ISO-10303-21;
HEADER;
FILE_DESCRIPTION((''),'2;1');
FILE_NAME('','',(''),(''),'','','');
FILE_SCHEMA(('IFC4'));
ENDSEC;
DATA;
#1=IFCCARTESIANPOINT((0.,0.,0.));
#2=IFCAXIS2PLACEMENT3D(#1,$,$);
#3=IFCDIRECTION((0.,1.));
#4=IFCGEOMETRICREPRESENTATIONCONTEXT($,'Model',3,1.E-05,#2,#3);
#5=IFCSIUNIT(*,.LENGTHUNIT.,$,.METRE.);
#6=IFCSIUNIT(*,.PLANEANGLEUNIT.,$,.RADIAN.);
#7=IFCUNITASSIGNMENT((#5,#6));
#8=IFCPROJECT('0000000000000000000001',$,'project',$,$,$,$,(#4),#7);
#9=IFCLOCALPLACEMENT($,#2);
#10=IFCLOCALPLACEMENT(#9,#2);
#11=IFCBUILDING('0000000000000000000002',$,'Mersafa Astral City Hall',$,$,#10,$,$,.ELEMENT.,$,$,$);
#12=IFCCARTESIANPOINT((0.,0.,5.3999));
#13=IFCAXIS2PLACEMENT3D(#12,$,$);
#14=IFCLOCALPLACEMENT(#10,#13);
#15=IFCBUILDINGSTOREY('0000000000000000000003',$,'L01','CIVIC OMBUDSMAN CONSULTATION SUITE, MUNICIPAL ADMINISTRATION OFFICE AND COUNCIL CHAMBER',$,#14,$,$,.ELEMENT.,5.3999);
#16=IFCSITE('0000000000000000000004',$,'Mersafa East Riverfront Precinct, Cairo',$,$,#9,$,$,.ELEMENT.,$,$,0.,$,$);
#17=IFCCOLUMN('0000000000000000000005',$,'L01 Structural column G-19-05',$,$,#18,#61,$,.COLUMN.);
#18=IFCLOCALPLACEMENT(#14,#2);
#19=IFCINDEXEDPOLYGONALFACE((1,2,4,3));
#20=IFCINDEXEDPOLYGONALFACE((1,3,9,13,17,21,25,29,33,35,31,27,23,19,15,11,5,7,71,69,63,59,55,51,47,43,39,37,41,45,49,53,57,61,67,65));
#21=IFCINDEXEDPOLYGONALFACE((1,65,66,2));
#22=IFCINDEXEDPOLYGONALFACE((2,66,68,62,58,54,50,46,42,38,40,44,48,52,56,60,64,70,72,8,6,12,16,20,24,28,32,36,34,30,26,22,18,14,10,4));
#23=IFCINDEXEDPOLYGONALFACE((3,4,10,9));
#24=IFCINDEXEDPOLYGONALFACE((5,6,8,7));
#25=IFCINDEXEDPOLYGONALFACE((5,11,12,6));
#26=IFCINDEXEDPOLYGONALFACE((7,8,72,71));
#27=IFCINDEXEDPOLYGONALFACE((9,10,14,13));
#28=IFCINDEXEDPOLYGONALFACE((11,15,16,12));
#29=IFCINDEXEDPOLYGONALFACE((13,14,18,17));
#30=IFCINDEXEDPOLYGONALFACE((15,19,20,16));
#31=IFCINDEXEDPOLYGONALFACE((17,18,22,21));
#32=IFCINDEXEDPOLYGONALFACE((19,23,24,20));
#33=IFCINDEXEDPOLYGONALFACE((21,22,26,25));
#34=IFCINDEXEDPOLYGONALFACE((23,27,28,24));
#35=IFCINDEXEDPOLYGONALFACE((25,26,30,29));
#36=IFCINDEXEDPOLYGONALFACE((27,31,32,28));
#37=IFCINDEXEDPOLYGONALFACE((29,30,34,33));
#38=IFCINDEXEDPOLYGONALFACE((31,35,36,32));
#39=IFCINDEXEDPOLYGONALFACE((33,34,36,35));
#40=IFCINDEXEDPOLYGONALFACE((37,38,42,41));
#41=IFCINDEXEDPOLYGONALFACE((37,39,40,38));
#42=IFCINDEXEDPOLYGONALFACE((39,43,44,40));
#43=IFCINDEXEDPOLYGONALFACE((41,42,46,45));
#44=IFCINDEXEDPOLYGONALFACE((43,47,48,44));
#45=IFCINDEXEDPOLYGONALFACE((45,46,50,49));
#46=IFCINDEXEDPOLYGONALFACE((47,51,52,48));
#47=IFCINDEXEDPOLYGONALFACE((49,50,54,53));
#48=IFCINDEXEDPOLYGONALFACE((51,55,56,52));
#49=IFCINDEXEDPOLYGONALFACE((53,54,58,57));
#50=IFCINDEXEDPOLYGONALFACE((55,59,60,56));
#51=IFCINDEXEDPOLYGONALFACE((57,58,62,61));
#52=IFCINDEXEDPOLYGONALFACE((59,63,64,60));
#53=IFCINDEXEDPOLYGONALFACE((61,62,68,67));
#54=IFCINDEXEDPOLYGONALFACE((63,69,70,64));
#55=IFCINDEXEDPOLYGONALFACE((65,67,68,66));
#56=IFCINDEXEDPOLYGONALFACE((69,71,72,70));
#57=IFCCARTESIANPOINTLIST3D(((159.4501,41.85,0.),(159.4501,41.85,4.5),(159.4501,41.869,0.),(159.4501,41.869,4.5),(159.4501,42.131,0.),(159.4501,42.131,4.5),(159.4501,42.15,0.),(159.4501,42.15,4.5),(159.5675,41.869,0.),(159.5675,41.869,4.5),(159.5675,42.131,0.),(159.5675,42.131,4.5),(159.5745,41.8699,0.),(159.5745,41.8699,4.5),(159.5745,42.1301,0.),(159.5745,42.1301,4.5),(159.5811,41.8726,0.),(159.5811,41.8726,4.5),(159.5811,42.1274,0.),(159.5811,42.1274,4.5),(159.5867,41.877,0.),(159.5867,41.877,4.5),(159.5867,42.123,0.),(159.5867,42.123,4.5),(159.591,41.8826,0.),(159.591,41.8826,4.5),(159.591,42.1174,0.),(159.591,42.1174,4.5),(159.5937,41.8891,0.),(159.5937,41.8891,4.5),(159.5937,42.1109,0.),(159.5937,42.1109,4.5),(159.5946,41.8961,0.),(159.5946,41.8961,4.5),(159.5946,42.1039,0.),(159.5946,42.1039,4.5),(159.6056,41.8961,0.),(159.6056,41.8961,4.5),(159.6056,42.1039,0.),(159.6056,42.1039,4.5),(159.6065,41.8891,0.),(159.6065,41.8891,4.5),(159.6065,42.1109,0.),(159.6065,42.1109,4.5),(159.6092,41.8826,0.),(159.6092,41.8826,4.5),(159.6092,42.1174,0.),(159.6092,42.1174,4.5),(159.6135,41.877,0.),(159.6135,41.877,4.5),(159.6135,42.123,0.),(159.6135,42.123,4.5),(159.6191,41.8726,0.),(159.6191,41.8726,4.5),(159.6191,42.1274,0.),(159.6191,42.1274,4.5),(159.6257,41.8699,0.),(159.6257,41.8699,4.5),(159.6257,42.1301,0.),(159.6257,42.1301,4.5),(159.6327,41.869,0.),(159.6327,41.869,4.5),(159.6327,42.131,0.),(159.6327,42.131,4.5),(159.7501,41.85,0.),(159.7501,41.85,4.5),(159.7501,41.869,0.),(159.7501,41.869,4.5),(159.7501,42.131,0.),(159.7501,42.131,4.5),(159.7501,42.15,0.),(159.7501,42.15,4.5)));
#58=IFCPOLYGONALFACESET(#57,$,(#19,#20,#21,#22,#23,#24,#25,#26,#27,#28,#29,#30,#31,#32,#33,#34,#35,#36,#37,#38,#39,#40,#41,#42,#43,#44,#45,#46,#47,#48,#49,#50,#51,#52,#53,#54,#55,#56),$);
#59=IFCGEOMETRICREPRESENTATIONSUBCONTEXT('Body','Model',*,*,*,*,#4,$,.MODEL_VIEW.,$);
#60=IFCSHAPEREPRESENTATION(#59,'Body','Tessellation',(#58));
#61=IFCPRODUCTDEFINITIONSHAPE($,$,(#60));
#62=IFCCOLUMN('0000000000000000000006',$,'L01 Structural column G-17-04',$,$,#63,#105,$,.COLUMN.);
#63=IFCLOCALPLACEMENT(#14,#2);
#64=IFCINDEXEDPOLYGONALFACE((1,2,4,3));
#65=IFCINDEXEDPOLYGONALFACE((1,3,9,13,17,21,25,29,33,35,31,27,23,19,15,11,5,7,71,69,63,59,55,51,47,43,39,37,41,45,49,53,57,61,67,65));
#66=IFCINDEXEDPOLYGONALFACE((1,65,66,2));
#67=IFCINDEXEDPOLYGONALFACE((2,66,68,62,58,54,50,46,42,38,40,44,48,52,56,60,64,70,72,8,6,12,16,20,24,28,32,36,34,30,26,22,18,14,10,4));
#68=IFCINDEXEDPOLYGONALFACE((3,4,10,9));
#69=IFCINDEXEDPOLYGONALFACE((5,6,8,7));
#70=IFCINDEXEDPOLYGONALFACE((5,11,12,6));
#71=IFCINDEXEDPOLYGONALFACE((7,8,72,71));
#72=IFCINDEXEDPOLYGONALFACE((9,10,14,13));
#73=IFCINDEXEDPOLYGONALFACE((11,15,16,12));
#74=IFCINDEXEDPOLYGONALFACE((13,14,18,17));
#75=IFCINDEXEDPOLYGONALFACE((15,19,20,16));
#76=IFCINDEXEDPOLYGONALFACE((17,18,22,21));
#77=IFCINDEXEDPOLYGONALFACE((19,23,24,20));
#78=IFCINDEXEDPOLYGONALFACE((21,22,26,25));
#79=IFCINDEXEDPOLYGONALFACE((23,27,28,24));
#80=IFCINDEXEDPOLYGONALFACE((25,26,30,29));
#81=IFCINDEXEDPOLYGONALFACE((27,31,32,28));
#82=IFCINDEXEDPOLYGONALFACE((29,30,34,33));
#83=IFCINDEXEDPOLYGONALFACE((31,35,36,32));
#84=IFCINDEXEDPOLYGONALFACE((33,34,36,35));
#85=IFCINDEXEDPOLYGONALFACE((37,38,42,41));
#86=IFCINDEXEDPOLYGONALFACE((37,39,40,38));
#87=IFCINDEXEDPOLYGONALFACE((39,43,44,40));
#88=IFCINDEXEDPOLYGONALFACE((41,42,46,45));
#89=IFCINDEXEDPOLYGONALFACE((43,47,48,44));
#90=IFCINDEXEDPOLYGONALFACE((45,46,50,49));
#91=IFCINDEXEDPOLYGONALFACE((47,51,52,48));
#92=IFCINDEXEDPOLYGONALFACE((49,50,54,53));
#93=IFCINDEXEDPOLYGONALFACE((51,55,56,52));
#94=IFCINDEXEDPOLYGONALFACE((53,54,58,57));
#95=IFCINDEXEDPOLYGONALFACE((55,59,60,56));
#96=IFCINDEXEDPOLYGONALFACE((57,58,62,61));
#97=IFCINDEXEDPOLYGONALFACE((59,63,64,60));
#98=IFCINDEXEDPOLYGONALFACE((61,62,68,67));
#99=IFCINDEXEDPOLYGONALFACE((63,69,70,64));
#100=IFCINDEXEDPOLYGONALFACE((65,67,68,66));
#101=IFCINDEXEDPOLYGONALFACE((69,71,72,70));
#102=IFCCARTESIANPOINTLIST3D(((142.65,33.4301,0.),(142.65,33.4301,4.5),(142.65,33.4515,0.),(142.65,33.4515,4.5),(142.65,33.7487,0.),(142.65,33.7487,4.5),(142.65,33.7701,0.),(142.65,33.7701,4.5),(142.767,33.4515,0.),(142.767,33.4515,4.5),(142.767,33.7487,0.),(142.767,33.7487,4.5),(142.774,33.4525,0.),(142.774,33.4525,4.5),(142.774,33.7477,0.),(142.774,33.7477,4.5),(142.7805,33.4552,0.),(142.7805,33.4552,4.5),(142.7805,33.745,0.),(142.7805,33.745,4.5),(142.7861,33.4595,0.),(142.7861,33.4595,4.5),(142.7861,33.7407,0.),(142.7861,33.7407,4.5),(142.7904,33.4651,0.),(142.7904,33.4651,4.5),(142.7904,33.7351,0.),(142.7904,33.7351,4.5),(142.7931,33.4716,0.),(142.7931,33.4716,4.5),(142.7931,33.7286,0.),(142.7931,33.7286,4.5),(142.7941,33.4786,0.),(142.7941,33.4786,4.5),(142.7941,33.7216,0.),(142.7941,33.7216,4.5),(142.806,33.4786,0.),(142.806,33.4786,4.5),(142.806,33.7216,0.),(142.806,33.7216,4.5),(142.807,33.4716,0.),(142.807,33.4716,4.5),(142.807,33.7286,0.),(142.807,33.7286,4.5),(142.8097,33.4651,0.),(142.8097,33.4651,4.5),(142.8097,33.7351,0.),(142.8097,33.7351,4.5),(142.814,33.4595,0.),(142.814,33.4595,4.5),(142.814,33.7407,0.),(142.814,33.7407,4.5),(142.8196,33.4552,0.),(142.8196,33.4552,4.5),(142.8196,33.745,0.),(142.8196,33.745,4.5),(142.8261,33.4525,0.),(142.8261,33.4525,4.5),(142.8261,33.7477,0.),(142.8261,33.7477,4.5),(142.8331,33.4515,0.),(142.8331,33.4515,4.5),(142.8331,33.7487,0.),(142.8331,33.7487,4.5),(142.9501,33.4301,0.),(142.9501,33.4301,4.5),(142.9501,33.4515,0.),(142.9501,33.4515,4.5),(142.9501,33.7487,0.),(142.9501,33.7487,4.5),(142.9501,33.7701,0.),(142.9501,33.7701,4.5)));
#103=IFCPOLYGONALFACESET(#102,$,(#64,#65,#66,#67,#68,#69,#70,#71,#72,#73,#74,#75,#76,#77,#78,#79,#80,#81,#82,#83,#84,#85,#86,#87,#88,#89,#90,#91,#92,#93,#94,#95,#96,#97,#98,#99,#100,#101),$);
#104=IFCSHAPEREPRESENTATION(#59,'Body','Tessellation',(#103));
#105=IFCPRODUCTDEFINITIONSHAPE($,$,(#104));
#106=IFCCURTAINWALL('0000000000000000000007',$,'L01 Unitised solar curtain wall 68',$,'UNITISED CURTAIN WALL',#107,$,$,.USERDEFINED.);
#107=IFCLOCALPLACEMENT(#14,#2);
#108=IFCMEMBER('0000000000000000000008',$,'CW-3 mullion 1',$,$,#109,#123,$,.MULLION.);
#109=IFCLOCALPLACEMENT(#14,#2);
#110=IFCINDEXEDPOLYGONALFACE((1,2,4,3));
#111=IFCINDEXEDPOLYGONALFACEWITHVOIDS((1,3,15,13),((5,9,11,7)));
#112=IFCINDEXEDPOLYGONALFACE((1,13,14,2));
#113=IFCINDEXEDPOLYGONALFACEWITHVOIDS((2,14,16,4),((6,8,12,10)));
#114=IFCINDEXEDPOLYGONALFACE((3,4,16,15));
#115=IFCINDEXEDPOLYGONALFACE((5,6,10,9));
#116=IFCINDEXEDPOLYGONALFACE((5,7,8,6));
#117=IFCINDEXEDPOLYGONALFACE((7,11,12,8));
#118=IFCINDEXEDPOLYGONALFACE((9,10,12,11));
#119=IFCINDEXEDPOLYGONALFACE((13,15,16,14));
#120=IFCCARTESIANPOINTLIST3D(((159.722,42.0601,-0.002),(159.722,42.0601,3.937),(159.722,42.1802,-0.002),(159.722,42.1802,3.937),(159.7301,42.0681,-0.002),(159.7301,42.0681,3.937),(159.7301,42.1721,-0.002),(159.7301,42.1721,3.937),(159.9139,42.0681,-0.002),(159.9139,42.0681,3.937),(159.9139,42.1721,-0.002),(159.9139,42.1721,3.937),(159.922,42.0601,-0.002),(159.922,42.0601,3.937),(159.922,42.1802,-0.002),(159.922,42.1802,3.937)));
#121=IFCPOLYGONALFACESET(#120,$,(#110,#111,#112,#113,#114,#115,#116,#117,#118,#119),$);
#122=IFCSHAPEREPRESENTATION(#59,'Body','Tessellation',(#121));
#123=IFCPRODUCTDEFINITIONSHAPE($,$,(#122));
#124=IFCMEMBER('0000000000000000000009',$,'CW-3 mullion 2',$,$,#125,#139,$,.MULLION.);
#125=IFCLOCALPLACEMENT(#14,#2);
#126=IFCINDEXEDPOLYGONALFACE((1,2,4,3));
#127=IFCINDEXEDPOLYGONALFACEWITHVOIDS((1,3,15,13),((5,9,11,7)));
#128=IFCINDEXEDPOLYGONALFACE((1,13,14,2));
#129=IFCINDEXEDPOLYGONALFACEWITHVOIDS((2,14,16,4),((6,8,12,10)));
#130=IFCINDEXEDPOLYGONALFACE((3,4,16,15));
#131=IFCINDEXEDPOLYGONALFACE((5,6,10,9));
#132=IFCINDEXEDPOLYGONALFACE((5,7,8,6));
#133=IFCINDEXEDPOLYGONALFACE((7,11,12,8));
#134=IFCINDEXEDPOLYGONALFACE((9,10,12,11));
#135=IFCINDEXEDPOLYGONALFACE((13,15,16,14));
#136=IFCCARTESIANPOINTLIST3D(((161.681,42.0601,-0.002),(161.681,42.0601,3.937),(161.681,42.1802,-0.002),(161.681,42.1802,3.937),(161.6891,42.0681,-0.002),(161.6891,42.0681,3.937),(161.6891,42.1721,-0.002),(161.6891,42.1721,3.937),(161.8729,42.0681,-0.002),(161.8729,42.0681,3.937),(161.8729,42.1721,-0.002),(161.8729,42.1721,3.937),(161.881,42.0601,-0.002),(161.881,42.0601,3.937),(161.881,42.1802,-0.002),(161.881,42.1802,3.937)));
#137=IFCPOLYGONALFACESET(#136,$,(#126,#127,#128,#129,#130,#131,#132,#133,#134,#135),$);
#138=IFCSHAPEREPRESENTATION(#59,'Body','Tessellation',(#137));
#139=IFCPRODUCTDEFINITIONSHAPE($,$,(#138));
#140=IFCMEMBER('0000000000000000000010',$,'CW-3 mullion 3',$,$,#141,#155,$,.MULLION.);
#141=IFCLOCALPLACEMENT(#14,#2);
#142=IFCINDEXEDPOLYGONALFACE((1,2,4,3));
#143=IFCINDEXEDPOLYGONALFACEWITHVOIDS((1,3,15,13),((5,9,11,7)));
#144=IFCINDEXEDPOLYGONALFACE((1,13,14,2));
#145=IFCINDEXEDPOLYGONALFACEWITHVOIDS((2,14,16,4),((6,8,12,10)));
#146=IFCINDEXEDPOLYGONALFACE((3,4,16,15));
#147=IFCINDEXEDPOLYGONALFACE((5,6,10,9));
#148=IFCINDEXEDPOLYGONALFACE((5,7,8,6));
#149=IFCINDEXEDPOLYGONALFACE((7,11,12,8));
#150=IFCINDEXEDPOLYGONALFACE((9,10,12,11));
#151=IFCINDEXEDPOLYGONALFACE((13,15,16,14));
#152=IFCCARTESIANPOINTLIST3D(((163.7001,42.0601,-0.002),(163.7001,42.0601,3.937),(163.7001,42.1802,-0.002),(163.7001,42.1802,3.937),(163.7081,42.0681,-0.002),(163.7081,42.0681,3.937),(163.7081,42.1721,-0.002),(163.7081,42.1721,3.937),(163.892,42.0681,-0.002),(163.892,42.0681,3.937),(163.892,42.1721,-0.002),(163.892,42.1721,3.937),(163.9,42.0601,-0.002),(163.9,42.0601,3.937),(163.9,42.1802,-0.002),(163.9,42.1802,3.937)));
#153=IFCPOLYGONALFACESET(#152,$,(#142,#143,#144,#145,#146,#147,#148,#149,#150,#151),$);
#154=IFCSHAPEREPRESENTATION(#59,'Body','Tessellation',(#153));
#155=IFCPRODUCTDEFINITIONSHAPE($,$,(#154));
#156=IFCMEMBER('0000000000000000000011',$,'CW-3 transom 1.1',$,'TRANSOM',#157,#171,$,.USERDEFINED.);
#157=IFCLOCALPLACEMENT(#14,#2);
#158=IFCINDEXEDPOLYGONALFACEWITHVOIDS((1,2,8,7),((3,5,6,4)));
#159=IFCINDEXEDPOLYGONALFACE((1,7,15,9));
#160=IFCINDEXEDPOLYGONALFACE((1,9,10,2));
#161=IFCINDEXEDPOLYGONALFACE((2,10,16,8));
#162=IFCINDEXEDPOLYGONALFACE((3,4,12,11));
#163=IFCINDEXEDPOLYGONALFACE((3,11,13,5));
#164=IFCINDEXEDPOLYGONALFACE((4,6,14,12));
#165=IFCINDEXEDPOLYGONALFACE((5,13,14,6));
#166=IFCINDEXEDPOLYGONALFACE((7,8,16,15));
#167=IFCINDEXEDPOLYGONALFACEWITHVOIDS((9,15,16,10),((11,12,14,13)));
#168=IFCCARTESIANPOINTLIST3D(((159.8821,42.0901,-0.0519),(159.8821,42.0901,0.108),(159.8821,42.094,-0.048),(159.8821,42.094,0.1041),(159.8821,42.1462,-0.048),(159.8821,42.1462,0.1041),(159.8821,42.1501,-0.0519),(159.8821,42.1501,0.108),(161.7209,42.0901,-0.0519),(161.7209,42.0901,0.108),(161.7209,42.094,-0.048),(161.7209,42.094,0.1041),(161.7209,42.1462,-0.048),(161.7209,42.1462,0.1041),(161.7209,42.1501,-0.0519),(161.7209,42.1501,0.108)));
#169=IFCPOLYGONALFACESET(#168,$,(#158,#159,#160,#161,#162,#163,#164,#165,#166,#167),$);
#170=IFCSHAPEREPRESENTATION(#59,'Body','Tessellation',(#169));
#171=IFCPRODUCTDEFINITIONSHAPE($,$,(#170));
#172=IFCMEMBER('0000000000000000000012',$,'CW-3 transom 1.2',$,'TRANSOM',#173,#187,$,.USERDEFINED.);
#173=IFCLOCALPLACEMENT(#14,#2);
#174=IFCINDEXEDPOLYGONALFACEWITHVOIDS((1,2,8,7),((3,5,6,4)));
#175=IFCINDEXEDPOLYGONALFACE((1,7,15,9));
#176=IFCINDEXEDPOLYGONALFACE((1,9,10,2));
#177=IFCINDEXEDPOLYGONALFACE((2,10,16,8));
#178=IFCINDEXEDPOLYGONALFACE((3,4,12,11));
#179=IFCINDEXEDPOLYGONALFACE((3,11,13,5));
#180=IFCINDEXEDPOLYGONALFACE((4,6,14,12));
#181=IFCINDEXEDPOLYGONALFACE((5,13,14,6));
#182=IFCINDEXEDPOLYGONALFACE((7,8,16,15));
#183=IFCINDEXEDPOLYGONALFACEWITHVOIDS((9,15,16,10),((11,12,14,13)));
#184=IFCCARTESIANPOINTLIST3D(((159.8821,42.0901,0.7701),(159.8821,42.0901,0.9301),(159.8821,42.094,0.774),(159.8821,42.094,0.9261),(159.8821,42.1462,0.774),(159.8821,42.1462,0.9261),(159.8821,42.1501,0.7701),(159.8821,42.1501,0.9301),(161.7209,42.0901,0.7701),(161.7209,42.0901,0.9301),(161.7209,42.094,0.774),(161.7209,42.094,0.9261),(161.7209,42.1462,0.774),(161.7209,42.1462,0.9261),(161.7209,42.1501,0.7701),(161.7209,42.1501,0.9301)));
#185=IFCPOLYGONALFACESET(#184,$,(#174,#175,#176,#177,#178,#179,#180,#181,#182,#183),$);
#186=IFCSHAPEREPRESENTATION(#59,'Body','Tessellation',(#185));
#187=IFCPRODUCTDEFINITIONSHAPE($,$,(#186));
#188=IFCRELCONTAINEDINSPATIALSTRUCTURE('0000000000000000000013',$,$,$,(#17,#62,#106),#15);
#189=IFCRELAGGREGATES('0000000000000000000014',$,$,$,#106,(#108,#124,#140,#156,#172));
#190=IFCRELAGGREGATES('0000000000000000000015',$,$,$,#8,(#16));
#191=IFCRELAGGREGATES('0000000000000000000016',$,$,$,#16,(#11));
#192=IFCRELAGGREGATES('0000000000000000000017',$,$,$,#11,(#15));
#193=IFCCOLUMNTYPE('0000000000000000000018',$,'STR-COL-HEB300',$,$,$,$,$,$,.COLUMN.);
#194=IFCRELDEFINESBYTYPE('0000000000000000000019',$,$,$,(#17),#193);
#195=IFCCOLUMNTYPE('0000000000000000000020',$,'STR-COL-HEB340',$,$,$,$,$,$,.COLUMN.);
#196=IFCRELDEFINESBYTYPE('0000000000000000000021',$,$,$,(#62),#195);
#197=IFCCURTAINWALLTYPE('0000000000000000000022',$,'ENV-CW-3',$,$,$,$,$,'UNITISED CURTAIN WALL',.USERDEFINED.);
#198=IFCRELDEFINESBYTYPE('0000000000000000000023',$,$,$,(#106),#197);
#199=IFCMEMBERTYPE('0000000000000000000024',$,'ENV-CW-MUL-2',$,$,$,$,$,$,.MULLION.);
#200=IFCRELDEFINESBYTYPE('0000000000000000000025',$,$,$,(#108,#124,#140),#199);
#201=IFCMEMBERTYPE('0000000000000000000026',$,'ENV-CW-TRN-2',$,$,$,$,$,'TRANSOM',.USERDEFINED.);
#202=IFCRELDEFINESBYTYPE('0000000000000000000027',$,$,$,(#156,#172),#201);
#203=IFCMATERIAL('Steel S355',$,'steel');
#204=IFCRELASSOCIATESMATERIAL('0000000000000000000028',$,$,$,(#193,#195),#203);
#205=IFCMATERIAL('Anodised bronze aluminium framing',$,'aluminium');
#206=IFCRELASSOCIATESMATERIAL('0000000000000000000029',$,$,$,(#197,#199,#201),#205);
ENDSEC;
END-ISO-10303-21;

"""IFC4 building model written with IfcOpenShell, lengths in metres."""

from ifc_helpers import new_model, si_unit, direction, frame, origin, origin_2d, place, context, subcontext, project, spatial, hollow_rectangle, i_section, extrude, material, material_profile, profile_set, type_object, element, aggregate, save


model = new_model("IFC4")

# Units and contexts
model_context = context("Model", 3, precision=1e-05, world=origin(), true_north=direction((0.0, 1.0)))
body_context = subcontext(model_context, "Body", "Model", "MODEL_VIEW")
ifc_project = project(units=[si_unit("LENGTHUNIT", "METRE"), si_unit("PLANEANGLEUNIT", "RADIAN")], contexts=[model_context])

# Site, building, storey
site_placement = place(None, origin())
site = spatial("IfcSite", under=ifc_project, at=site_placement, Name="Mersafa East Riverfront Precinct, Cairo", CompositionType="ELEMENT", RefElevation=0.0)
building_placement = place(site_placement, origin())
building = spatial("IfcBuilding", under=site, at=building_placement, Name="Mersafa Astral City Hall", CompositionType="ELEMENT")
storey_placement = place(building_placement, frame((0.0, 0.0, 5.3999)))
storey = spatial("IfcBuildingStorey", under=building, at=storey_placement, Name="L01", Description="CIVIC OMBUDSMAN CONSULTATION SUITE, MUNICIPAL ADMINISTRATION OFFICE AND COUNCIL CHAMBER", CompositionType="ELEMENT", Elevation=5.3999)

# Columns
ifc_material_1 = material(Name="Steel S355", Category="steel")
ifc_material_profile_1 = material_profile(ifc_material_1, i_section(OverallWidth=0.3, OverallDepth=0.3, WebThickness=0.011, FlangeThickness=0.019, FilletRadius=0.0271, at=origin_2d()), Name="HEB 300")
ifc_profile_set_1 = profile_set([ifc_material_profile_1], Name="Steel S355")
column_type_1 = type_object("IfcColumnType", Name="STR-COL-HEB300", PredefinedType="COLUMN", material=ifc_profile_set_1)
column_1_placement = place(storey_placement, frame((159.6001, 42.0, 0.0), z_axis=(0.0, 0.0, 1.0), x_axis=(1.0, 0.0, 0.0)))
element("IfcColumn", 1, at=column_1_placement, inside=storey, type_object=column_type_1, Name="L01 Structural column G-19-05", PredefinedType="COLUMN", context=body_context, shape_type="SweptSolid", body=[
    extrude(i_section(OverallWidth=0.3, OverallDepth=0.3, WebThickness=0.011, FlangeThickness=0.019, FilletRadius=0.0271, at=origin_2d()), origin(), (0.0, 0.0, 1.0), 4.5),
])
ifc_material_profile_2 = material_profile(ifc_material_1, i_section(OverallWidth=0.3, OverallDepth=0.3401, WebThickness=0.012, FlangeThickness=0.0215, FilletRadius=0.0271, at=origin_2d()), Name="HEB 340")
ifc_profile_set_2 = profile_set([ifc_material_profile_2], Name="Steel S355")
column_type_2 = type_object("IfcColumnType", Name="STR-COL-HEB340", PredefinedType="COLUMN", material=ifc_profile_set_2)
column_2_placement = place(storey_placement, frame((142.8, 33.6001, 0.0), z_axis=(0.0, 0.0, 1.0), x_axis=(1.0, 0.0, 0.0)))
element("IfcColumn", 2, at=column_2_placement, inside=storey, type_object=column_type_2, Name="L01 Structural column G-17-04", PredefinedType="COLUMN", context=body_context, shape_type="SweptSolid", body=[
    extrude(i_section(OverallWidth=0.3, OverallDepth=0.3401, WebThickness=0.012, FlangeThickness=0.0215, FilletRadius=0.0271, at=origin_2d()), origin(), (0.0, 0.0, 1.0), 4.5),
])

# Curtain wall, members
ifc_material_2 = material(Name="Anodised bronze aluminium framing", Category="aluminium")
curtain_wall_type = type_object("IfcCurtainWallType", Name="ENV-CW-3", ElementType="UNITISED CURTAIN WALL", PredefinedType="USERDEFINED", material=ifc_material_2)
curtain_wall_placement = place(storey_placement, origin())
curtain_wall = element("IfcCurtainWall", 3, at=curtain_wall_placement, inside=storey, type_object=curtain_wall_type, Name="L01 Unitised solar curtain wall 68", ObjectType="UNITISED CURTAIN WALL", PredefinedType="USERDEFINED")
ifc_material_profile_3 = material_profile(ifc_material_2, hollow_rectangle(XDim=0.1201, YDim=0.2, WallThickness=0.0081, at=origin_2d()), Name="RHS 120x200x8")
ifc_profile_set_3 = profile_set([ifc_material_profile_3], Name="Anodised bronze aluminium framing")
member_type_1 = type_object("IfcMemberType", Name="ENV-CW-MUL-2", PredefinedType="MULLION", material=ifc_profile_set_3)
member_1_placement = place(storey_placement, frame((159.822, 42.1201, -0.002), z_axis=(0.0, 0.0, 1.0), x_axis=(0.0, 1.0, 0.0)))
member_1 = element("IfcMember", 4, at=member_1_placement, type_object=member_type_1, Name="CW-3 mullion 1", PredefinedType="MULLION", context=body_context, shape_type="SweptSolid", body=[
    extrude(hollow_rectangle(XDim=0.1201, YDim=0.2, WallThickness=0.0081, at=origin_2d()), origin(), (0.0, 0.0, 1.0), 3.939),
])
member_2_placement = place(storey_placement, frame((161.781, 42.1201, -0.002), z_axis=(0.0, 0.0, 1.0), x_axis=(0.0, 1.0, 0.0)))
member_2 = element("IfcMember", 5, at=member_2_placement, type_object=member_type_1, Name="CW-3 mullion 2", PredefinedType="MULLION", context=body_context, shape_type="SweptSolid", body=[
    extrude(hollow_rectangle(XDim=0.1201, YDim=0.2, WallThickness=0.0081, at=origin_2d()), origin(), (0.0, 0.0, 1.0), 3.939),
])
member_3_placement = place(storey_placement, frame((163.8, 42.1201, -0.002), z_axis=(0.0, 0.0, 1.0), x_axis=(0.0, 1.0, 0.0)))
member_3 = element("IfcMember", 6, at=member_3_placement, type_object=member_type_1, Name="CW-3 mullion 3", PredefinedType="MULLION", context=body_context, shape_type="SweptSolid", body=[
    extrude(hollow_rectangle(XDim=0.1201, YDim=0.2, WallThickness=0.0081, at=origin_2d()), origin(), (0.0, 0.0, 1.0), 3.939),
])
ifc_material_profile_4 = material_profile(ifc_material_2, hollow_rectangle(XDim=0.0601, YDim=0.1599, WallThickness=0.0039, at=origin_2d()), Name="RHS 60x160x4")
ifc_profile_set_4 = profile_set([ifc_material_profile_4], Name="Anodised bronze aluminium framing")
member_type_2 = type_object("IfcMemberType", Name="ENV-CW-TRN-2", ElementType="TRANSOM", PredefinedType="USERDEFINED", material=ifc_profile_set_4)
member_4_placement = place(storey_placement, frame((159.8821, 42.1201, 0.0281), z_axis=(1.0, 0.0, 0.0), x_axis=(0.0, 1.0, 0.0)))
member_4 = element("IfcMember", 7, at=member_4_placement, type_object=member_type_2, Name="CW-3 transom 1.1", ObjectType="TRANSOM", PredefinedType="USERDEFINED", context=body_context, shape_type="SweptSolid", body=[
    extrude(hollow_rectangle(XDim=0.0601, YDim=0.1599, WallThickness=0.0039, at=origin_2d()), origin(), (0.0, 0.0, 1.0), 1.8389),
])
member_5_placement = place(storey_placement, frame((159.8821, 42.1201, 0.8501), z_axis=(1.0, 0.0, 0.0), x_axis=(0.0, 1.0, 0.0)))
member_5 = element("IfcMember", 8, at=member_5_placement, type_object=member_type_2, Name="CW-3 transom 1.2", ObjectType="TRANSOM", PredefinedType="USERDEFINED", context=body_context, shape_type="SweptSolid", body=[
    extrude(hollow_rectangle(XDim=0.0601, YDim=0.1599, WallThickness=0.0039, at=origin_2d()), origin(), (0.0, 0.0, 1.0), 1.8389),
])

aggregate(curtain_wall, [member_1, member_2, member_3, member_4, member_5])

save(model, "model.ifc")
